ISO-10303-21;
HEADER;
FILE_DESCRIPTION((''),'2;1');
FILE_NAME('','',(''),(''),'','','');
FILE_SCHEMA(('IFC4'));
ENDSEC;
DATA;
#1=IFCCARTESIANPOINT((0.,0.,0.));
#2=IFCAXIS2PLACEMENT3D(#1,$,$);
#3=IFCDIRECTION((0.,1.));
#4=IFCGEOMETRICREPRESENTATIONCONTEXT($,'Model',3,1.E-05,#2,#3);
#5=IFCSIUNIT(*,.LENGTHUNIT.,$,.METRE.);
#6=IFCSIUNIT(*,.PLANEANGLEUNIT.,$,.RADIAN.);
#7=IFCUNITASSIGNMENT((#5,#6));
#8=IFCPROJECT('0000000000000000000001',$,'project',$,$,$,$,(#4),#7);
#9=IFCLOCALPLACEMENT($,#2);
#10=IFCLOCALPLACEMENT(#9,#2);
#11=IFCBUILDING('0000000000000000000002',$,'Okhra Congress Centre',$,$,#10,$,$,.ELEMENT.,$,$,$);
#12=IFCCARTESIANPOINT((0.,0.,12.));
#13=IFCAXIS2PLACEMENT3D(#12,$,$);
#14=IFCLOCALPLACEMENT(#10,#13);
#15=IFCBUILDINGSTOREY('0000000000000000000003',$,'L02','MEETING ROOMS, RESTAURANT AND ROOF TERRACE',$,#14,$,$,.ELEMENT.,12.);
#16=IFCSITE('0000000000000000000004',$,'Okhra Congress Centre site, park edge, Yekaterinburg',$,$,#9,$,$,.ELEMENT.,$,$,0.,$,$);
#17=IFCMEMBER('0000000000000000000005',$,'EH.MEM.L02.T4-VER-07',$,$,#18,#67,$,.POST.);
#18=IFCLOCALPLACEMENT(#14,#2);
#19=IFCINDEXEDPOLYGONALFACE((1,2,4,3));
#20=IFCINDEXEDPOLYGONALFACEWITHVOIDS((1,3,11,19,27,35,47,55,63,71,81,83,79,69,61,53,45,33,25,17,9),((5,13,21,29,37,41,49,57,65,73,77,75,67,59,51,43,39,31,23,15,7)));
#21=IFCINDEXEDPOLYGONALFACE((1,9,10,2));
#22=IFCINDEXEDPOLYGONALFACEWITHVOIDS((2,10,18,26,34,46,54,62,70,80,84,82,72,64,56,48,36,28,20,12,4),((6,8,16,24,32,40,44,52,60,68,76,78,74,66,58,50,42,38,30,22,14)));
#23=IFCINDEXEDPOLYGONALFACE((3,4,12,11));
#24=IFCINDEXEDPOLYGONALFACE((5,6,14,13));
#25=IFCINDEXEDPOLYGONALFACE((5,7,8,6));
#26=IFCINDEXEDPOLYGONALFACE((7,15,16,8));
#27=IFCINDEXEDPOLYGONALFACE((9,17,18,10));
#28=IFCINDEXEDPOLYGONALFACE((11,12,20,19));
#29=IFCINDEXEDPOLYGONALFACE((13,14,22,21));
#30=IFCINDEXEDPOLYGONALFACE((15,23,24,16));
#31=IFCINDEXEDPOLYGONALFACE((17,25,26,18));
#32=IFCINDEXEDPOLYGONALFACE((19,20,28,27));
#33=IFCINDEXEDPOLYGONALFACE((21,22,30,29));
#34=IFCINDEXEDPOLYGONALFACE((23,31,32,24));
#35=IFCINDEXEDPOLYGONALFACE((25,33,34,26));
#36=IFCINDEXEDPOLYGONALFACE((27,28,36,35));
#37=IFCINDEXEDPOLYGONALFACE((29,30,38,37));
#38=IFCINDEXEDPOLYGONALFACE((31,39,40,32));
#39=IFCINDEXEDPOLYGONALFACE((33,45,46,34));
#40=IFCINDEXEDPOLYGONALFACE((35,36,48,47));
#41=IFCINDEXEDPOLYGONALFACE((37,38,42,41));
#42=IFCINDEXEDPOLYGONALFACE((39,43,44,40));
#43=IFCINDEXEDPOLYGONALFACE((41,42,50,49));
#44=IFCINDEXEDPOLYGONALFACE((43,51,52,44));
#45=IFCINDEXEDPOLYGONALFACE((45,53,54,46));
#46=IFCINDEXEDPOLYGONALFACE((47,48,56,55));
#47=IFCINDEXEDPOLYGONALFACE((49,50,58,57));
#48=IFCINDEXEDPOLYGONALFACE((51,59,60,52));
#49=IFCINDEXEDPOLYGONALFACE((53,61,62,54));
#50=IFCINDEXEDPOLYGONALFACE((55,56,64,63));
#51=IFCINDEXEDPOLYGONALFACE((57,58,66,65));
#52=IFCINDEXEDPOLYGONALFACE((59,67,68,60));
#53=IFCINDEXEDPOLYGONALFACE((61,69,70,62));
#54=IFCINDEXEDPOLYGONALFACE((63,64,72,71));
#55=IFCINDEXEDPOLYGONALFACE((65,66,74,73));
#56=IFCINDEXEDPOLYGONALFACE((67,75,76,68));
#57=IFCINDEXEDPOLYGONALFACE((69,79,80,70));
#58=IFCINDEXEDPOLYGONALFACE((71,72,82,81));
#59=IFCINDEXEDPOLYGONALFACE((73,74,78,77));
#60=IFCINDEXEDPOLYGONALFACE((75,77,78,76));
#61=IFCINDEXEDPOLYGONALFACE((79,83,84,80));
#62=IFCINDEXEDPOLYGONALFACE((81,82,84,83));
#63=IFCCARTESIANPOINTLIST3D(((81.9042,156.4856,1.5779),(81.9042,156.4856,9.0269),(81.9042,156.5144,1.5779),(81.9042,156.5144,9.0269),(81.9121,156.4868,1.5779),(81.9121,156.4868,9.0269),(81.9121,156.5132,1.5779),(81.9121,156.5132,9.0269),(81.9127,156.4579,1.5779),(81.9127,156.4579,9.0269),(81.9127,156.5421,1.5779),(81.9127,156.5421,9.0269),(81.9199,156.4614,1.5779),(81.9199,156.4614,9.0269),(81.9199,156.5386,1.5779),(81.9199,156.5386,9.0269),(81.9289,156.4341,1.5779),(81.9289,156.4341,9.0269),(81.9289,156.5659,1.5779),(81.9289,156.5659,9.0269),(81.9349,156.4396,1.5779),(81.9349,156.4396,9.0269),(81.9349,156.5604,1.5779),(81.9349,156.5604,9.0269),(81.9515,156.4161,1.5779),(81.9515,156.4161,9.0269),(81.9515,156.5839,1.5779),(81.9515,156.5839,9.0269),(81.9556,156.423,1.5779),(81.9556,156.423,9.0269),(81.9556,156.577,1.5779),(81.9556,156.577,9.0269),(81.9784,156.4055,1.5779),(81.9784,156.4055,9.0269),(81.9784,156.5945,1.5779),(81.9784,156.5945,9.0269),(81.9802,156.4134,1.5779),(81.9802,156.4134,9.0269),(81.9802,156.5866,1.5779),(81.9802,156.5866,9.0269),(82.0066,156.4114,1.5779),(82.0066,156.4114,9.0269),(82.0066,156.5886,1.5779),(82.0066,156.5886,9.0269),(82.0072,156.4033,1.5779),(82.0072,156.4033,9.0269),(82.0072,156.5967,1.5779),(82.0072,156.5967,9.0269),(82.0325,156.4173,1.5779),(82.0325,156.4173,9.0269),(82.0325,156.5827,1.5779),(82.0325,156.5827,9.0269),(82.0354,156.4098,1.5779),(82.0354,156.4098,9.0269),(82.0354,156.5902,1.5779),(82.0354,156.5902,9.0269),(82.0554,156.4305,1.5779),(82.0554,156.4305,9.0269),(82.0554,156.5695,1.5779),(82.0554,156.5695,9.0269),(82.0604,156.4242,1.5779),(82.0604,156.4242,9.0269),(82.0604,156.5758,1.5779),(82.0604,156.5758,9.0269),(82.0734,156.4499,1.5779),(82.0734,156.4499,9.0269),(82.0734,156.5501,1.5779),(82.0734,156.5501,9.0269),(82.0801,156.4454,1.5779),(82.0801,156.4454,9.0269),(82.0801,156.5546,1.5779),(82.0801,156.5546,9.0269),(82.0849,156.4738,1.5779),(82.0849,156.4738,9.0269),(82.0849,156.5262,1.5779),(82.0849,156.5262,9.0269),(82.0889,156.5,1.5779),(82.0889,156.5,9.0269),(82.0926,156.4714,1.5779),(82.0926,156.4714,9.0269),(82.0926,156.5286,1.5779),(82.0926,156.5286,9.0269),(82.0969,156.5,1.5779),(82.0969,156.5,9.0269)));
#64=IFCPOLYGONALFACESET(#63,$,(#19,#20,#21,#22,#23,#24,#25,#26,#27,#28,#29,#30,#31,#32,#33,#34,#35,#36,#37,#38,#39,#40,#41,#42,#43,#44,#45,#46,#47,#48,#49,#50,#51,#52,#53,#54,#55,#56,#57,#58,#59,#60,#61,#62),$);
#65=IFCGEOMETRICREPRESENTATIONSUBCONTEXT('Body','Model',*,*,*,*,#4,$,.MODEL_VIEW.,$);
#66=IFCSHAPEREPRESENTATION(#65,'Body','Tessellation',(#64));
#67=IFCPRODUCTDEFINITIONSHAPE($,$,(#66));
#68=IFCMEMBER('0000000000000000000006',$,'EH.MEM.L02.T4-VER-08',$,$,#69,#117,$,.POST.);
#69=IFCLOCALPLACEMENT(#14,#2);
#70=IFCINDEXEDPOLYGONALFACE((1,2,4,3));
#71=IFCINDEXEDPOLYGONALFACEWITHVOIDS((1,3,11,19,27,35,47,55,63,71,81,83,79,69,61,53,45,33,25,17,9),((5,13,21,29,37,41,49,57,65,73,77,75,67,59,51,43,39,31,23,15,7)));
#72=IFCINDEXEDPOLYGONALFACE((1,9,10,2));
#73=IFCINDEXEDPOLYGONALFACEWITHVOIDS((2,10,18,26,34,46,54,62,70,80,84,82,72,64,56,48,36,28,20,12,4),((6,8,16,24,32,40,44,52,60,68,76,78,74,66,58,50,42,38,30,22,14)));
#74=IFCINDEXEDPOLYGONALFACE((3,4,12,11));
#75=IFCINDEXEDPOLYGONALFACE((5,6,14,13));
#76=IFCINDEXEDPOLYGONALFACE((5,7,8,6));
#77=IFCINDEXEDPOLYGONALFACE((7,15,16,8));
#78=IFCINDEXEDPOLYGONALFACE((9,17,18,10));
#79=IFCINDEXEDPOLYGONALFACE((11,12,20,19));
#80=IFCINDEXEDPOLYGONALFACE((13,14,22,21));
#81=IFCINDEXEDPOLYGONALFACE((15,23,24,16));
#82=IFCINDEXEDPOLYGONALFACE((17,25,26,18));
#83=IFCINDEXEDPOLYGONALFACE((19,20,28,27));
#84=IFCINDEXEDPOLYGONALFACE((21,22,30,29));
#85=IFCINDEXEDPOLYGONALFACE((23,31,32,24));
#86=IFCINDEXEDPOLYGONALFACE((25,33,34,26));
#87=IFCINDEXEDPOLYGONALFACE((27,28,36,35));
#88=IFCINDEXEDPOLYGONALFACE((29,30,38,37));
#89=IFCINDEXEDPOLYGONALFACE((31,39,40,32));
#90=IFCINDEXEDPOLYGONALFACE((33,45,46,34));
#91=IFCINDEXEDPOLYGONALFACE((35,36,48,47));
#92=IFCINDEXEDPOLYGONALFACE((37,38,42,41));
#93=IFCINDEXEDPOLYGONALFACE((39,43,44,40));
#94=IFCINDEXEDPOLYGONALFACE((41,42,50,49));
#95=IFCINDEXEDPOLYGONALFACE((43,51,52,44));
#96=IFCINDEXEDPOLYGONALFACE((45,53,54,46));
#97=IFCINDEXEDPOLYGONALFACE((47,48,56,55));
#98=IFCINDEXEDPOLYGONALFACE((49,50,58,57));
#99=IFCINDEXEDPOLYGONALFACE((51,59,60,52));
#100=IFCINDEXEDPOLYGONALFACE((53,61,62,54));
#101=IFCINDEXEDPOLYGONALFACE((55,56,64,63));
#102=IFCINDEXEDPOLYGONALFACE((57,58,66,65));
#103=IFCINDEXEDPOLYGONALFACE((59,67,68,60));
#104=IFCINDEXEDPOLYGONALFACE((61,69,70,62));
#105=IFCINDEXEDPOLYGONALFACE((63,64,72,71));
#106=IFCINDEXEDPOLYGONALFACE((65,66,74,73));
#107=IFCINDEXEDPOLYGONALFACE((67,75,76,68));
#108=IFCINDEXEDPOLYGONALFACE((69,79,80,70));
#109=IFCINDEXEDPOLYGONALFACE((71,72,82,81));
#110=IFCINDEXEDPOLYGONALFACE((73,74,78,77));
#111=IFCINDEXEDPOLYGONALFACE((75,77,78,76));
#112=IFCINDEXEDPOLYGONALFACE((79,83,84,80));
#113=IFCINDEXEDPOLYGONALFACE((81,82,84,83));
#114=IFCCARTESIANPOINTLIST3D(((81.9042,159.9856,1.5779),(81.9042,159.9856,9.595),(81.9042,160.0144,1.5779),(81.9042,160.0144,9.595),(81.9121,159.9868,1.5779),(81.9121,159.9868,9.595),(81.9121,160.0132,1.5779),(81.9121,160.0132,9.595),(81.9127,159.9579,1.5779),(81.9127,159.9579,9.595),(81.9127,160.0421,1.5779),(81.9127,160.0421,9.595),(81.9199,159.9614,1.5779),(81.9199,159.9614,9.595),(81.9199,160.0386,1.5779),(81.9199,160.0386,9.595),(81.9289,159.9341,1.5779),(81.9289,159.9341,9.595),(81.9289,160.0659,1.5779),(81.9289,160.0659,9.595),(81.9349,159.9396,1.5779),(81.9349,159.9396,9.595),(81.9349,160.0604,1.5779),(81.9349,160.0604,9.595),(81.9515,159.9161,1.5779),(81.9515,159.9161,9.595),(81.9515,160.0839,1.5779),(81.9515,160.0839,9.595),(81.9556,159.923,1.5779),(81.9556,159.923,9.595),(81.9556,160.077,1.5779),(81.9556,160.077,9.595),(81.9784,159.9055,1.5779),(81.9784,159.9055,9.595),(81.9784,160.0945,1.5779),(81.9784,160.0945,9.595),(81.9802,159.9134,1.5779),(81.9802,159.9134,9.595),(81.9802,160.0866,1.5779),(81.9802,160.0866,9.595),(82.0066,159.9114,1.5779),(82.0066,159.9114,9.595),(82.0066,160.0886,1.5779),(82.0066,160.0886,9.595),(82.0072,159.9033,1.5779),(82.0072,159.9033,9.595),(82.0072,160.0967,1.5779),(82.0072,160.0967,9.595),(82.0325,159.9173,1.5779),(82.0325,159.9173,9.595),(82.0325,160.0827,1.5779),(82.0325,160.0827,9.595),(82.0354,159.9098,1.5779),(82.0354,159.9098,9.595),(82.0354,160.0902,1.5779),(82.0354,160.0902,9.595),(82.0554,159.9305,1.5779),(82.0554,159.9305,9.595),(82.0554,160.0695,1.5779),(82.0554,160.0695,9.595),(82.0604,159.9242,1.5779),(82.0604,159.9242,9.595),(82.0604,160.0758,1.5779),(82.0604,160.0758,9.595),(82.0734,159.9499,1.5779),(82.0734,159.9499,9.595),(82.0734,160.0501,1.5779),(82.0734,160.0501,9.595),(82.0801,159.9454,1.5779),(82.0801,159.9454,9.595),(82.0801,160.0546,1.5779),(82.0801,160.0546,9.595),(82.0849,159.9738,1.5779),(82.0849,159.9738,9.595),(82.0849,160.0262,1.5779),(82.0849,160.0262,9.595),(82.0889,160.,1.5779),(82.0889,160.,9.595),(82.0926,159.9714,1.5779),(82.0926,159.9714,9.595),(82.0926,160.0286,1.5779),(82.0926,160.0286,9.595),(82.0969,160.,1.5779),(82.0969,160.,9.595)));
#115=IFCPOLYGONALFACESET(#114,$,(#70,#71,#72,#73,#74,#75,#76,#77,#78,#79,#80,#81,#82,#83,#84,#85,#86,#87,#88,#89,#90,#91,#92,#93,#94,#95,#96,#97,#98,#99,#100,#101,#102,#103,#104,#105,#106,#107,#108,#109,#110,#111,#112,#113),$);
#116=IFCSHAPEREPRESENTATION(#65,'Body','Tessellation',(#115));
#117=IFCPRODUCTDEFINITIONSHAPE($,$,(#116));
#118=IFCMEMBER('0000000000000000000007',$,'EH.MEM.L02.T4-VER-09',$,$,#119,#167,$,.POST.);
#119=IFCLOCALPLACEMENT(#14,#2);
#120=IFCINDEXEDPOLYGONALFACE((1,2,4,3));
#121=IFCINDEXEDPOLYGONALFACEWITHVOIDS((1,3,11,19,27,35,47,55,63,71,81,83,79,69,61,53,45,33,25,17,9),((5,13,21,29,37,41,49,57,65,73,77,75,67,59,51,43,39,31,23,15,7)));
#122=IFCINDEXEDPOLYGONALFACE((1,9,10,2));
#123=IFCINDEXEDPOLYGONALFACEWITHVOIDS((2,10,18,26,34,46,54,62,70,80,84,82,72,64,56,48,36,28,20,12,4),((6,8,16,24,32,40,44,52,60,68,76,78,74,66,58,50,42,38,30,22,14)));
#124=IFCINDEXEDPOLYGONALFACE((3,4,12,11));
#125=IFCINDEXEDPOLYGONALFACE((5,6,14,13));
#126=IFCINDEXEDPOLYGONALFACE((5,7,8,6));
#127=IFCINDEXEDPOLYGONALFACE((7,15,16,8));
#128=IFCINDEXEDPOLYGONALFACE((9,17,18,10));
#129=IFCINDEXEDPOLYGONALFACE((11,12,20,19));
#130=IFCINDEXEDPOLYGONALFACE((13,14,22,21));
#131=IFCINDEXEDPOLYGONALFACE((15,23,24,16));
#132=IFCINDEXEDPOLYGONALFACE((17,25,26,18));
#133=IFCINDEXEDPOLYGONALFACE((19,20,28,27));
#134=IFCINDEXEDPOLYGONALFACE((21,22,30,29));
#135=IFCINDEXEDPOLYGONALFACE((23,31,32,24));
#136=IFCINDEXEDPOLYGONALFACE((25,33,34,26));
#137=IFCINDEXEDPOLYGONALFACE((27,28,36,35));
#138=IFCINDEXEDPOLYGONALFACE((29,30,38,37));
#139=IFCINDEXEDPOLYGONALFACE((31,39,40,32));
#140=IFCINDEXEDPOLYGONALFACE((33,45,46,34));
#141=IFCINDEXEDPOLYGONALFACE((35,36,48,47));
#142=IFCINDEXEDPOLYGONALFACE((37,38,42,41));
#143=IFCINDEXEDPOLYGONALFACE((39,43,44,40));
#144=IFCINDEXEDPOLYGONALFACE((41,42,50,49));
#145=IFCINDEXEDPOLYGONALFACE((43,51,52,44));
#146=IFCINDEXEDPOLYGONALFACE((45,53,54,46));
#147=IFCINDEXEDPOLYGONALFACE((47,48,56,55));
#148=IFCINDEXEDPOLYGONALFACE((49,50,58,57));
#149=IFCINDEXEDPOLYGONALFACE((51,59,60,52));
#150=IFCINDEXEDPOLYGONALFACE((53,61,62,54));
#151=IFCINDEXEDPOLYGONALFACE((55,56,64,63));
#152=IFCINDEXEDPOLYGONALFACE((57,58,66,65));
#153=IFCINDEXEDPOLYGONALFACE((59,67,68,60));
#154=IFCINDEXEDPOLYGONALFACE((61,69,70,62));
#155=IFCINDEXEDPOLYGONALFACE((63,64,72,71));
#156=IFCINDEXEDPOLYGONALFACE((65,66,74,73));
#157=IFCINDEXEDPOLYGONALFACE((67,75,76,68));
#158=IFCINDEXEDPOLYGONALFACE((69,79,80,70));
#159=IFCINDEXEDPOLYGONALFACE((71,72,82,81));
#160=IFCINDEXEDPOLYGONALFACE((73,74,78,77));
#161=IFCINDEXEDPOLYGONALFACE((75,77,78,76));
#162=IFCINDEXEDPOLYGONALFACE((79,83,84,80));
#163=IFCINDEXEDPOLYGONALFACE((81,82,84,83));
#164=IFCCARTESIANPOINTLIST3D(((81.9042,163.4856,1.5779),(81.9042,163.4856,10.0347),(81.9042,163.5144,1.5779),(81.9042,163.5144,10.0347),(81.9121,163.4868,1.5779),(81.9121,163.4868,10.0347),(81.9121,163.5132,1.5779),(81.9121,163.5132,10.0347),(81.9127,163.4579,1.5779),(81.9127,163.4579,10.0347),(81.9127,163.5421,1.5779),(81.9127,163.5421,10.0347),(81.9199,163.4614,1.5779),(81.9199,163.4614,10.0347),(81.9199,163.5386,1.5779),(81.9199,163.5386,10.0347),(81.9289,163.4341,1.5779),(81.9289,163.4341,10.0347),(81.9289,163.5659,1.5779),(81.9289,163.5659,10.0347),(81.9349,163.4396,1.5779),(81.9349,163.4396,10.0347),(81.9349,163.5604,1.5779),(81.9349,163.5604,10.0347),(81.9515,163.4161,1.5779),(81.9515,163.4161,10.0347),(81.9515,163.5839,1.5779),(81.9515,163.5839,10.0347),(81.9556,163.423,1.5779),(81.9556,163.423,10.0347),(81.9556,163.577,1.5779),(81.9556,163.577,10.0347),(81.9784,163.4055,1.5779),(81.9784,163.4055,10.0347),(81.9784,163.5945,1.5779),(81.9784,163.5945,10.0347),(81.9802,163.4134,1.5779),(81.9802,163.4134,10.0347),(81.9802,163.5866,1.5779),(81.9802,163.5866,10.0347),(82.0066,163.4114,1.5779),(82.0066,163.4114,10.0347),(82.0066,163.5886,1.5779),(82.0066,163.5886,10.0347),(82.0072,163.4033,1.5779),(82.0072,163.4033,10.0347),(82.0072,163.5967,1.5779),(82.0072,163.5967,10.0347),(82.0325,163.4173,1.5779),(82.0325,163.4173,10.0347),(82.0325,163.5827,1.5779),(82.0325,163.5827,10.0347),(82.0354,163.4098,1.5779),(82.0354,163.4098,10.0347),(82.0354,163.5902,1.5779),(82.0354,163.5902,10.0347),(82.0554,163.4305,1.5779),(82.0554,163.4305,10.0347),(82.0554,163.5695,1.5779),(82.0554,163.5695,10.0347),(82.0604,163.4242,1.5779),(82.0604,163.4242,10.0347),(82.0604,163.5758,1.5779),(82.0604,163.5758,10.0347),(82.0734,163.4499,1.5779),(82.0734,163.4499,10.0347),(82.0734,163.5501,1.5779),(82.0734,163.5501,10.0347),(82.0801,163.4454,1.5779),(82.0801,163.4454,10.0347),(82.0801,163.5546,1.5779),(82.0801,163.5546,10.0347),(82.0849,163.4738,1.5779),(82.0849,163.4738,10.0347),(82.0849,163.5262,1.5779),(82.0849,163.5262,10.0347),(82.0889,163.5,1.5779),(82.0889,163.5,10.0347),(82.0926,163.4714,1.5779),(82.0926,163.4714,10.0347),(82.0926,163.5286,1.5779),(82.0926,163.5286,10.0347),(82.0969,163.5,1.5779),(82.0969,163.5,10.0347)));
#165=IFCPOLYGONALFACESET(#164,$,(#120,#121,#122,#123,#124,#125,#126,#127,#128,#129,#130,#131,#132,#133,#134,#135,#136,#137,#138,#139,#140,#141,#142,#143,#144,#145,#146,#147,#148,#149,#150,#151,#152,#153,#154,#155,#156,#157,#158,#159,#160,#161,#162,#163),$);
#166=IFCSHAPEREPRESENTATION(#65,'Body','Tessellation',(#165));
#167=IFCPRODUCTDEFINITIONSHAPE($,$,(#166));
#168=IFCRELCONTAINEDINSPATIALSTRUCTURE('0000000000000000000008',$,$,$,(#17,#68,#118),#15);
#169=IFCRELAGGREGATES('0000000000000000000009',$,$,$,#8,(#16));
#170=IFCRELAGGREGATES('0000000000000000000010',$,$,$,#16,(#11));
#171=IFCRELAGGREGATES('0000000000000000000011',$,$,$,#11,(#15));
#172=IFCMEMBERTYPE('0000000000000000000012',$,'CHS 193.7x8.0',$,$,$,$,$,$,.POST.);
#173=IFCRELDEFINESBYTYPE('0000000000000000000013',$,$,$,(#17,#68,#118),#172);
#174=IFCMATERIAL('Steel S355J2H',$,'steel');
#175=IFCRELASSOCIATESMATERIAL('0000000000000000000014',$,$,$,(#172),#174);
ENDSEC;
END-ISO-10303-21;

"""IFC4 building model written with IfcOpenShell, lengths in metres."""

from ifc_helpers import new_model, si_unit, direction, frame, origin, origin_2d, place, context, subcontext, project, spatial, hollow_circle, extrude, material, material_profile, profile_set, type_object, element, save


model = new_model("IFC4")

# Units and contexts
model_context = context("Model", 3, precision=1e-05, world=origin(), true_north=direction((0.0, 1.0)))
body_context = subcontext(model_context, "Body", "Model", "MODEL_VIEW")
ifc_project = project(units=[si_unit("LENGTHUNIT", "METRE"), si_unit("PLANEANGLEUNIT", "RADIAN")], contexts=[model_context])

# Site, building, storey
site_placement = place(None, origin())
site = spatial("IfcSite", under=ifc_project, at=site_placement, Name="Okhra Congress Centre site, park edge, Yekaterinburg", CompositionType="ELEMENT", RefElevation=0.0)
building_placement = place(site_placement, origin())
building = spatial("IfcBuilding", under=site, at=building_placement, Name="Okhra Congress Centre", CompositionType="ELEMENT")
storey_placement = place(building_placement, frame((0.0, 0.0, 12.0)))
storey = spatial("IfcBuildingStorey", under=building, at=storey_placement, Name="L02", Description="MEETING ROOMS, RESTAURANT AND ROOF TERRACE", CompositionType="ELEMENT", Elevation=12.0)

# Members
ifc_material_1 = material(Name="Steel S355J2H", Category="steel")
ifc_material_profile_1 = material_profile(ifc_material_1, hollow_circle(Radius=0.0969, WallThickness=0.0081, at=origin_2d()), Name="CHS 193.7x8.0")
ifc_profile_set_1 = profile_set([ifc_material_profile_1], Name="Steel S355J2H")
member_type_1 = type_object("IfcMemberType", Name="CHS 193.7x8.0", PredefinedType="POST", material=ifc_profile_set_1)
member_1_placement = place(storey_placement, frame((82.0, 156.5, 1.5779), z_axis=(0.0, 0.0, 1.0), x_axis=(1.0, 0.0, 0.0)))
element("IfcMember", 1, at=member_1_placement, inside=storey, type_object=member_type_1, Name="EH.MEM.L02.T4-VER-07", PredefinedType="POST", context=body_context, shape_type="SweptSolid", body=[
    extrude(hollow_circle(Radius=0.0969, WallThickness=0.0081, at=origin_2d()), origin(), (0.0, 0.0, 1.0), 7.449),
])
member_2_placement = place(storey_placement, frame((82.0, 160.0, 1.5779), z_axis=(0.0, 0.0, 1.0), x_axis=(1.0, 0.0, 0.0)))
element("IfcMember", 2, at=member_2_placement, inside=storey, type_object=member_type_1, Name="EH.MEM.L02.T4-VER-08", PredefinedType="POST", context=body_context, shape_type="SweptSolid", body=[
    extrude(hollow_circle(Radius=0.0969, WallThickness=0.0081, at=origin_2d()), origin(), (0.0, 0.0, 1.0), 8.0171),
])
member_3_placement = place(storey_placement, frame((82.0, 163.5, 1.5779), z_axis=(0.0, 0.0, 1.0), x_axis=(1.0, 0.0, 0.0)))
element("IfcMember", 3, at=member_3_placement, inside=storey, type_object=member_type_1, Name="EH.MEM.L02.T4-VER-09", PredefinedType="POST", context=body_context, shape_type="SweptSolid", body=[
    extrude(hollow_circle(Radius=0.0969, WallThickness=0.0081, at=origin_2d()), origin(), (0.0, 0.0, 1.0), 8.4568),
])

save(model, "model.ifc")
